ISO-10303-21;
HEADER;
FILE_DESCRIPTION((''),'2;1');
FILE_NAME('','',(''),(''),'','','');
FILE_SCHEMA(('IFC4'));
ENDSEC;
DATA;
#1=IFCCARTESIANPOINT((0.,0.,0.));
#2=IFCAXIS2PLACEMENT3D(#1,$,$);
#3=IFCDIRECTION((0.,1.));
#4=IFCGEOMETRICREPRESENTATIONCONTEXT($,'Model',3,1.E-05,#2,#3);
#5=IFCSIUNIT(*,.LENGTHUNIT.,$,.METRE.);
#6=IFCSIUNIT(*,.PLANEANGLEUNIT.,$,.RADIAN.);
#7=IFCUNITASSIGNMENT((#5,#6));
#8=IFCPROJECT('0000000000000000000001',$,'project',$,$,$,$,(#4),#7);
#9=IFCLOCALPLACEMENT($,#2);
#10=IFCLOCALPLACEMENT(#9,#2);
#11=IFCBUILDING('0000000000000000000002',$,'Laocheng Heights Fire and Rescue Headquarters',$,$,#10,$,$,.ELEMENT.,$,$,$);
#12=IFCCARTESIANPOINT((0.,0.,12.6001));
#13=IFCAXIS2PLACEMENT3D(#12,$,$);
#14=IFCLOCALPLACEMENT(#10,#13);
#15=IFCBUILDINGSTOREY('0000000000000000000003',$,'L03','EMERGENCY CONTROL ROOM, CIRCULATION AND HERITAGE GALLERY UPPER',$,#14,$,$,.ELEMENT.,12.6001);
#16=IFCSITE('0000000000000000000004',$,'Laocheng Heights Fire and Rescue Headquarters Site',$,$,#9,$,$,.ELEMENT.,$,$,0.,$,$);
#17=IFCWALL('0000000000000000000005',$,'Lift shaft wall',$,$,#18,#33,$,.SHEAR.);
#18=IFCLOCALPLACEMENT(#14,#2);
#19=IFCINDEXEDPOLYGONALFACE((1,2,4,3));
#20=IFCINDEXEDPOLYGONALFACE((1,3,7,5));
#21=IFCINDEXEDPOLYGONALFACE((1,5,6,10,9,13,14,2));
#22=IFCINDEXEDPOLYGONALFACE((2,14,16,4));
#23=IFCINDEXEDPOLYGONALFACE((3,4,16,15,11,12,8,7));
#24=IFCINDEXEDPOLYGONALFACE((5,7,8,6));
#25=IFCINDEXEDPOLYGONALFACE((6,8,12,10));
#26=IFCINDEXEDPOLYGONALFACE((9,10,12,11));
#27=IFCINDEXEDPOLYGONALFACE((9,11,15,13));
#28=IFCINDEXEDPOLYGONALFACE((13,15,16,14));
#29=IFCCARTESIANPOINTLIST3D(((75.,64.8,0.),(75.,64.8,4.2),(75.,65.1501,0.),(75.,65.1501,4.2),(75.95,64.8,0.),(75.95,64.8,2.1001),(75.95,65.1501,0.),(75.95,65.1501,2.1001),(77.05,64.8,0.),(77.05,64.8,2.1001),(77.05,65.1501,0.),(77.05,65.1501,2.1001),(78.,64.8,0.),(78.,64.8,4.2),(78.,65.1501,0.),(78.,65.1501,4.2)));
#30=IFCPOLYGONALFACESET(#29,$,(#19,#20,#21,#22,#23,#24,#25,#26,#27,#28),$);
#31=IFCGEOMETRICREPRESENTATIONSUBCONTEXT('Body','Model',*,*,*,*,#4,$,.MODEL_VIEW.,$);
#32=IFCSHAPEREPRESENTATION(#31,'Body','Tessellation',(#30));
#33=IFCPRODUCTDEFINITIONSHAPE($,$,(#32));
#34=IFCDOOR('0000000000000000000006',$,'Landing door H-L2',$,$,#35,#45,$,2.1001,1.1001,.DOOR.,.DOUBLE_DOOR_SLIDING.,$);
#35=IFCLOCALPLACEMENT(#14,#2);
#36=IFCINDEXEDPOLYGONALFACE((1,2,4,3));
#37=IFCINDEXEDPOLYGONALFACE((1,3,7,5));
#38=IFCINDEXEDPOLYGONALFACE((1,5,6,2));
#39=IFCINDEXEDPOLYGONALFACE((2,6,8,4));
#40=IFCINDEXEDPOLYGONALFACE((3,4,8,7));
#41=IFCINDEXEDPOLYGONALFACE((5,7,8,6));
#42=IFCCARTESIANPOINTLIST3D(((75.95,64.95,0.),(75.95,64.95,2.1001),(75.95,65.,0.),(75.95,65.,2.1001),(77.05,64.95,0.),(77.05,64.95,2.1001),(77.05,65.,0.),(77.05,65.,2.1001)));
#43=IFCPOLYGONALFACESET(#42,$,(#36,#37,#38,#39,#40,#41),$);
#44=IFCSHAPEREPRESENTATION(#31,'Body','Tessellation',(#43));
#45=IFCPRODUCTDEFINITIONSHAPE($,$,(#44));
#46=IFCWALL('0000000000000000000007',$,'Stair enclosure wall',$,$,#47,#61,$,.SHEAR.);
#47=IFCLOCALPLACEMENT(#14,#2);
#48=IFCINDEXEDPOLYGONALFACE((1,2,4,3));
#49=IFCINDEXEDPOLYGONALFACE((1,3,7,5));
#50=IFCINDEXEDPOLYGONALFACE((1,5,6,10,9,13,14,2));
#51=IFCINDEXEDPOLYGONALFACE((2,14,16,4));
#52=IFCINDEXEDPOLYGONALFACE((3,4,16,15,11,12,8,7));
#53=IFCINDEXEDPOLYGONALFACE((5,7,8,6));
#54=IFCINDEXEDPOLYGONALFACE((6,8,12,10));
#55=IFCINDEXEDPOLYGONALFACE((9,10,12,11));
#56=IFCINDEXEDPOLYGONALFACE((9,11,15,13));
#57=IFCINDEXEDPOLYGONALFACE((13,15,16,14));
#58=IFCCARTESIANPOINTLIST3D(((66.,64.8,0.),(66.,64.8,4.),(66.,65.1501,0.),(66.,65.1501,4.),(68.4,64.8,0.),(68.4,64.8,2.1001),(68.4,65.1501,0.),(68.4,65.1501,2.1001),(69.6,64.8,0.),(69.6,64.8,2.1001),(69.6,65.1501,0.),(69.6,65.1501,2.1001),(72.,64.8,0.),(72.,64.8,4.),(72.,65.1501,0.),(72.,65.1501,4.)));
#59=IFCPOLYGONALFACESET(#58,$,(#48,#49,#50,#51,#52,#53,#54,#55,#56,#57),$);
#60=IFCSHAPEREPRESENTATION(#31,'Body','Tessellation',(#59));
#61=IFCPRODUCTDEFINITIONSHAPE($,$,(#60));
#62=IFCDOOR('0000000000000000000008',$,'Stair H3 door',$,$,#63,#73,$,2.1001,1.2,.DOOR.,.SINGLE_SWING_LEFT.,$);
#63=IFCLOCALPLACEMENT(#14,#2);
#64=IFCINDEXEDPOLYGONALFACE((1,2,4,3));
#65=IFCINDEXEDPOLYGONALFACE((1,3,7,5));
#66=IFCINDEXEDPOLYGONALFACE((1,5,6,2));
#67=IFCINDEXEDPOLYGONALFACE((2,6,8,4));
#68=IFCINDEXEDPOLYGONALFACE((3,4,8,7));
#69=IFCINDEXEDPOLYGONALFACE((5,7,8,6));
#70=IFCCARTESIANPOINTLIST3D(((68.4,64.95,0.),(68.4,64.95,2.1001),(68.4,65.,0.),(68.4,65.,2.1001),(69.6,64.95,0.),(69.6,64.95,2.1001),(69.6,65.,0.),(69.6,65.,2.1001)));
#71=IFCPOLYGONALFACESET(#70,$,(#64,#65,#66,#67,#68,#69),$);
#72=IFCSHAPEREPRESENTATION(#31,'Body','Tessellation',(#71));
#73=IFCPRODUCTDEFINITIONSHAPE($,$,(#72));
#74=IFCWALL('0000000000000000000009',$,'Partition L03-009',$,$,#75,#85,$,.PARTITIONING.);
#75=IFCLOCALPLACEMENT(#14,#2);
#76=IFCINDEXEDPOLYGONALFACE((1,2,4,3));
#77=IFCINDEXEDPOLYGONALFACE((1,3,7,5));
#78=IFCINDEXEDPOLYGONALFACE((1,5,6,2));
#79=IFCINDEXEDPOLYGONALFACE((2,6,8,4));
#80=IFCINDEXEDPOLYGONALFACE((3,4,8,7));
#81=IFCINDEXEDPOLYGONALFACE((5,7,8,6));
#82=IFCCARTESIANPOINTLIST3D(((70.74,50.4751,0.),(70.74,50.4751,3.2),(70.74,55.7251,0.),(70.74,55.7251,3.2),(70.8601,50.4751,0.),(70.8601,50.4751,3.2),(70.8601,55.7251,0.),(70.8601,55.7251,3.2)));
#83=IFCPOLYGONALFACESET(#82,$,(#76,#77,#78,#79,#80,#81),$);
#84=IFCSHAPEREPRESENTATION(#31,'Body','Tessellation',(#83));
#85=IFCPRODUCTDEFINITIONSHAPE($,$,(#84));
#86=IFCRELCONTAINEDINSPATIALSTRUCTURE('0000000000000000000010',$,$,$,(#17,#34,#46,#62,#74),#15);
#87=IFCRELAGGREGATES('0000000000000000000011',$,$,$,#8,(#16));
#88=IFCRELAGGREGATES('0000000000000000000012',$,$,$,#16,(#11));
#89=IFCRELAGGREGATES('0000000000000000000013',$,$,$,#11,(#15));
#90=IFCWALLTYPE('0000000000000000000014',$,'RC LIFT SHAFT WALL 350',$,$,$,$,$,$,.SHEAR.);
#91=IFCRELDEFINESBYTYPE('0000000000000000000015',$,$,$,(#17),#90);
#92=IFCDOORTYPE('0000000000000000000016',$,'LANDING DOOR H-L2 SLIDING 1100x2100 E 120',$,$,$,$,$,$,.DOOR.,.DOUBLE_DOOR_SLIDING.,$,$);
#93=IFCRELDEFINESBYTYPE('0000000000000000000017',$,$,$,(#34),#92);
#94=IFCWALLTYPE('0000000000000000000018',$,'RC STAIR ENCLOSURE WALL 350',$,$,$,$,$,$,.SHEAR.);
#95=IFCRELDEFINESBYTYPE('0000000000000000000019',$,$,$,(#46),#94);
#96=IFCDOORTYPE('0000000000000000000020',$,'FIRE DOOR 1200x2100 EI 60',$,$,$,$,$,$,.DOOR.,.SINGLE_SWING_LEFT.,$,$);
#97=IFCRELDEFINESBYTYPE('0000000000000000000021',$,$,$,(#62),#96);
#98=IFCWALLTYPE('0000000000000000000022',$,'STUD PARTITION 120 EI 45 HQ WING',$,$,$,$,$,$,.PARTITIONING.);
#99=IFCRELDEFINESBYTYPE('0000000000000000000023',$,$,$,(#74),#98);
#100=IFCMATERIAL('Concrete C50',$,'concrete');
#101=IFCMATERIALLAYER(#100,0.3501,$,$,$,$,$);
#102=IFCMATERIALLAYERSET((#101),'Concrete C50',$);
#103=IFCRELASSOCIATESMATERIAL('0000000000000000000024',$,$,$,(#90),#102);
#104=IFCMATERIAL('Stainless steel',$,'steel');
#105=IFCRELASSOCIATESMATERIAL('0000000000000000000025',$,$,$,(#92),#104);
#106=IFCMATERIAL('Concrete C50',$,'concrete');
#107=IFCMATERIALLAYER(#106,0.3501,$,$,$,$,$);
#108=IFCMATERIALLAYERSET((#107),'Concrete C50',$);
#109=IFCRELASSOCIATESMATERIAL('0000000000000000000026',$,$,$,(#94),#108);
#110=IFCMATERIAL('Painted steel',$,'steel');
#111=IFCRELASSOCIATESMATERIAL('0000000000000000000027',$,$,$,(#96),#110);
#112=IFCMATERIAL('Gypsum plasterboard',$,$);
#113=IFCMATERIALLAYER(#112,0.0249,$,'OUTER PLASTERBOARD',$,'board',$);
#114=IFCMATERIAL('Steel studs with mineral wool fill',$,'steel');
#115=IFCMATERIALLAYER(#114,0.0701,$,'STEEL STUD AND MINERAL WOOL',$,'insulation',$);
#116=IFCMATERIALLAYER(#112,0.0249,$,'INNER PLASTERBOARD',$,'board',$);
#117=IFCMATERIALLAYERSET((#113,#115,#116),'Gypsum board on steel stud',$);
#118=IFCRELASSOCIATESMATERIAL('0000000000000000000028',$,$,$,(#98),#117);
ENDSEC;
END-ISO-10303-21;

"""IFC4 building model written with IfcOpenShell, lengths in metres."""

from ifc_helpers import new_model, si_unit, direction, frame, frame_2d, origin, place, context, subcontext, project, spatial, rectangle, extrude, material, layer, layer_set, type_object, element, fill, save


model = new_model("IFC4")

# Units and contexts
model_context = context("Model", 3, precision=1e-05, world=origin(), true_north=direction((0.0, 1.0)))
body_context = subcontext(model_context, "Body", "Model", "MODEL_VIEW")
ifc_project = project(units=[si_unit("LENGTHUNIT", "METRE"), si_unit("PLANEANGLEUNIT", "RADIAN")], contexts=[model_context])

# Site, building, storey
site_placement = place(None, origin())
site = spatial("IfcSite", under=ifc_project, at=site_placement, Name="Laocheng Heights Fire and Rescue Headquarters Site", CompositionType="ELEMENT", RefElevation=0.0)
building_placement = place(site_placement, origin())
building = spatial("IfcBuilding", under=site, at=building_placement, Name="Laocheng Heights Fire and Rescue Headquarters", CompositionType="ELEMENT")
storey_placement = place(building_placement, frame((0.0, 0.0, 12.6001)))
storey = spatial("IfcBuildingStorey", under=building, at=storey_placement, Name="L03", Description="EMERGENCY CONTROL ROOM, CIRCULATION AND HERITAGE GALLERY UPPER", CompositionType="ELEMENT", Elevation=12.6001)

# Walls, openings, doors
ifc_material_1 = material(Name="Concrete C50", Category="concrete")
ifc_layer_1 = layer(ifc_material_1, 0.3501)
ifc_layer_set_1 = layer_set([ifc_layer_1], Name="Concrete C50")
wall_type_1 = type_object("IfcWallType", Name="RC LIFT SHAFT WALL 350", PredefinedType="SHEAR", material=ifc_layer_set_1)
wall_1_placement = place(storey_placement, frame((75.0, 64.9751, 0.0), z_axis=(0.0, 0.0, 1.0), x_axis=(1.0, 0.0, 0.0)))
wall_1 = element("IfcWall", 1, at=wall_1_placement, inside=storey, type_object=wall_type_1, Name="Lift shaft wall", PredefinedType="SHEAR", context=body_context, shape_type="SweptSolid", body=[
    extrude(rectangle(XDim=3.0, YDim=0.3501, at=frame_2d((1.5, 0.0))), origin(), (0.0, 0.0, 1.0), 4.2),
])
opening_1_placement = place(wall_1_placement, frame((0.95, 0.0, 0.0)))
opening_1 = element("IfcOpeningElement", 2, at=opening_1_placement, cuts=wall_1, PredefinedType="OPENING", context=body_context, shape_type="SweptSolid", body=[
    extrude(rectangle(XDim=1.1001, YDim=2.1001, at=frame_2d((0.55, 1.05))), frame((0.0, 0.1851, 0.0), z_axis=(0.0, -1.0, 0.0), x_axis=(1.0, 0.0, 0.0)), (0.0, 0.0, 1.0), 0.3701),
])
ifc_material_2 = material(Name="Stainless steel", Category="steel")
door_type_1 = type_object("IfcDoorType", Name="LANDING DOOR H-L2 SLIDING 1100x2100 E 120", OperationType="DOUBLE_DOOR_SLIDING", PredefinedType="DOOR", material=ifc_material_2)
door_1_placement = place(opening_1_placement, origin())
door_1 = element("IfcDoor", 3, at=door_1_placement, inside=storey, type_object=door_type_1, Name="Landing door H-L2", OperationType="DOUBLE_DOOR_SLIDING", OverallHeight=2.1001, OverallWidth=1.1001, PredefinedType="DOOR", context=body_context, shape_type="SweptSolid", body=[
    extrude(rectangle(XDim=1.1001, YDim=2.1001, at=frame_2d((0.55, 1.05))), frame((0.0, 0.0249, 0.0), z_axis=(0.0, -1.0, 0.0), x_axis=(1.0, 0.0, 0.0)), (0.0, 0.0, 1.0), 0.05),
])
fill(opening_1, door_1)
ifc_material_3 = material(Name="Concrete C50", Category="concrete")
ifc_layer_2 = layer(ifc_material_3, 0.3501)
ifc_layer_set_2 = layer_set([ifc_layer_2], Name="Concrete C50")
wall_type_2 = type_object("IfcWallType", Name="RC STAIR ENCLOSURE WALL 350", PredefinedType="SHEAR", material=ifc_layer_set_2)
wall_2_placement = place(storey_placement, frame((66.0, 64.9751, 0.0), z_axis=(0.0, 0.0, 1.0), x_axis=(1.0, 0.0, 0.0)))
wall_2 = element("IfcWall", 4, at=wall_2_placement, inside=storey, type_object=wall_type_2, Name="Stair enclosure wall", PredefinedType="SHEAR", context=body_context, shape_type="SweptSolid", body=[
    extrude(rectangle(XDim=6.0, YDim=0.3501, at=frame_2d((3.0, 0.0))), origin(), (0.0, 0.0, 1.0), 4.0),
])
opening_2_placement = place(wall_2_placement, frame((2.3999, 0.0, 0.0)))
opening_2 = element("IfcOpeningElement", 5, at=opening_2_placement, cuts=wall_2, PredefinedType="OPENING", context=body_context, shape_type="SweptSolid", body=[
    extrude(rectangle(XDim=1.2, YDim=2.1001, at=frame_2d((0.6001, 1.05))), frame((0.0, 0.1851, 0.0), z_axis=(0.0, -1.0, 0.0), x_axis=(1.0, 0.0, 0.0)), (0.0, 0.0, 1.0), 0.3701),
])
ifc_material_4 = material(Name="Painted steel", Category="steel")
door_type_2 = type_object("IfcDoorType", Name="FIRE DOOR 1200x2100 EI 60", OperationType="SINGLE_SWING_LEFT", PredefinedType="DOOR", material=ifc_material_4)
door_2_placement = place(opening_2_placement, origin())
door_2 = element("IfcDoor", 6, at=door_2_placement, inside=storey, type_object=door_type_2, Name="Stair H3 door", OperationType="SINGLE_SWING_LEFT", OverallHeight=2.1001, OverallWidth=1.2, PredefinedType="DOOR", context=body_context, shape_type="SweptSolid", body=[
    extrude(rectangle(XDim=1.2, YDim=2.1001, at=frame_2d((0.6001, 1.05))), frame((0.0, 0.0249, 0.0), z_axis=(0.0, -1.0, 0.0), x_axis=(1.0, 0.0, 0.0)), (0.0, 0.0, 1.0), 0.05),
])
fill(opening_2, door_2)

# Wall
ifc_material_5 = material(Name="Gypsum plasterboard")
ifc_layer_3 = layer(ifc_material_5, 0.0249, Name="OUTER PLASTERBOARD", Category="board")
ifc_material_6 = material(Name="Steel studs with mineral wool fill", Category="steel")
ifc_layer_4 = layer(ifc_material_6, 0.0701, Name="STEEL STUD AND MINERAL WOOL", Category="insulation")
ifc_layer_5 = layer(ifc_material_5, 0.0249, Name="INNER PLASTERBOARD", Category="board")
ifc_layer_set_3 = layer_set([ifc_layer_3, ifc_layer_4, ifc_layer_5], Name="Gypsum board on steel stud")
wall_type_3 = type_object("IfcWallType", Name="STUD PARTITION 120 EI 45 HQ WING", PredefinedType="PARTITIONING", material=ifc_layer_set_3)
wall_3_placement = place(storey_placement, frame((70.8, 50.4751, 0.0), z_axis=(0.0, 0.0, 1.0), x_axis=(0.0, 1.0, 0.0)))
element("IfcWall", 7, at=wall_3_placement, inside=storey, type_object=wall_type_3, Name="Partition L03-009", PredefinedType="PARTITIONING", context=body_context, shape_type="SweptSolid", body=[
    extrude(rectangle(XDim=5.25, YDim=0.1201, at=frame_2d((2.625, 0.0))), origin(), (0.0, 0.0, 1.0), 3.2),
])

save(model, "model.ifc")
